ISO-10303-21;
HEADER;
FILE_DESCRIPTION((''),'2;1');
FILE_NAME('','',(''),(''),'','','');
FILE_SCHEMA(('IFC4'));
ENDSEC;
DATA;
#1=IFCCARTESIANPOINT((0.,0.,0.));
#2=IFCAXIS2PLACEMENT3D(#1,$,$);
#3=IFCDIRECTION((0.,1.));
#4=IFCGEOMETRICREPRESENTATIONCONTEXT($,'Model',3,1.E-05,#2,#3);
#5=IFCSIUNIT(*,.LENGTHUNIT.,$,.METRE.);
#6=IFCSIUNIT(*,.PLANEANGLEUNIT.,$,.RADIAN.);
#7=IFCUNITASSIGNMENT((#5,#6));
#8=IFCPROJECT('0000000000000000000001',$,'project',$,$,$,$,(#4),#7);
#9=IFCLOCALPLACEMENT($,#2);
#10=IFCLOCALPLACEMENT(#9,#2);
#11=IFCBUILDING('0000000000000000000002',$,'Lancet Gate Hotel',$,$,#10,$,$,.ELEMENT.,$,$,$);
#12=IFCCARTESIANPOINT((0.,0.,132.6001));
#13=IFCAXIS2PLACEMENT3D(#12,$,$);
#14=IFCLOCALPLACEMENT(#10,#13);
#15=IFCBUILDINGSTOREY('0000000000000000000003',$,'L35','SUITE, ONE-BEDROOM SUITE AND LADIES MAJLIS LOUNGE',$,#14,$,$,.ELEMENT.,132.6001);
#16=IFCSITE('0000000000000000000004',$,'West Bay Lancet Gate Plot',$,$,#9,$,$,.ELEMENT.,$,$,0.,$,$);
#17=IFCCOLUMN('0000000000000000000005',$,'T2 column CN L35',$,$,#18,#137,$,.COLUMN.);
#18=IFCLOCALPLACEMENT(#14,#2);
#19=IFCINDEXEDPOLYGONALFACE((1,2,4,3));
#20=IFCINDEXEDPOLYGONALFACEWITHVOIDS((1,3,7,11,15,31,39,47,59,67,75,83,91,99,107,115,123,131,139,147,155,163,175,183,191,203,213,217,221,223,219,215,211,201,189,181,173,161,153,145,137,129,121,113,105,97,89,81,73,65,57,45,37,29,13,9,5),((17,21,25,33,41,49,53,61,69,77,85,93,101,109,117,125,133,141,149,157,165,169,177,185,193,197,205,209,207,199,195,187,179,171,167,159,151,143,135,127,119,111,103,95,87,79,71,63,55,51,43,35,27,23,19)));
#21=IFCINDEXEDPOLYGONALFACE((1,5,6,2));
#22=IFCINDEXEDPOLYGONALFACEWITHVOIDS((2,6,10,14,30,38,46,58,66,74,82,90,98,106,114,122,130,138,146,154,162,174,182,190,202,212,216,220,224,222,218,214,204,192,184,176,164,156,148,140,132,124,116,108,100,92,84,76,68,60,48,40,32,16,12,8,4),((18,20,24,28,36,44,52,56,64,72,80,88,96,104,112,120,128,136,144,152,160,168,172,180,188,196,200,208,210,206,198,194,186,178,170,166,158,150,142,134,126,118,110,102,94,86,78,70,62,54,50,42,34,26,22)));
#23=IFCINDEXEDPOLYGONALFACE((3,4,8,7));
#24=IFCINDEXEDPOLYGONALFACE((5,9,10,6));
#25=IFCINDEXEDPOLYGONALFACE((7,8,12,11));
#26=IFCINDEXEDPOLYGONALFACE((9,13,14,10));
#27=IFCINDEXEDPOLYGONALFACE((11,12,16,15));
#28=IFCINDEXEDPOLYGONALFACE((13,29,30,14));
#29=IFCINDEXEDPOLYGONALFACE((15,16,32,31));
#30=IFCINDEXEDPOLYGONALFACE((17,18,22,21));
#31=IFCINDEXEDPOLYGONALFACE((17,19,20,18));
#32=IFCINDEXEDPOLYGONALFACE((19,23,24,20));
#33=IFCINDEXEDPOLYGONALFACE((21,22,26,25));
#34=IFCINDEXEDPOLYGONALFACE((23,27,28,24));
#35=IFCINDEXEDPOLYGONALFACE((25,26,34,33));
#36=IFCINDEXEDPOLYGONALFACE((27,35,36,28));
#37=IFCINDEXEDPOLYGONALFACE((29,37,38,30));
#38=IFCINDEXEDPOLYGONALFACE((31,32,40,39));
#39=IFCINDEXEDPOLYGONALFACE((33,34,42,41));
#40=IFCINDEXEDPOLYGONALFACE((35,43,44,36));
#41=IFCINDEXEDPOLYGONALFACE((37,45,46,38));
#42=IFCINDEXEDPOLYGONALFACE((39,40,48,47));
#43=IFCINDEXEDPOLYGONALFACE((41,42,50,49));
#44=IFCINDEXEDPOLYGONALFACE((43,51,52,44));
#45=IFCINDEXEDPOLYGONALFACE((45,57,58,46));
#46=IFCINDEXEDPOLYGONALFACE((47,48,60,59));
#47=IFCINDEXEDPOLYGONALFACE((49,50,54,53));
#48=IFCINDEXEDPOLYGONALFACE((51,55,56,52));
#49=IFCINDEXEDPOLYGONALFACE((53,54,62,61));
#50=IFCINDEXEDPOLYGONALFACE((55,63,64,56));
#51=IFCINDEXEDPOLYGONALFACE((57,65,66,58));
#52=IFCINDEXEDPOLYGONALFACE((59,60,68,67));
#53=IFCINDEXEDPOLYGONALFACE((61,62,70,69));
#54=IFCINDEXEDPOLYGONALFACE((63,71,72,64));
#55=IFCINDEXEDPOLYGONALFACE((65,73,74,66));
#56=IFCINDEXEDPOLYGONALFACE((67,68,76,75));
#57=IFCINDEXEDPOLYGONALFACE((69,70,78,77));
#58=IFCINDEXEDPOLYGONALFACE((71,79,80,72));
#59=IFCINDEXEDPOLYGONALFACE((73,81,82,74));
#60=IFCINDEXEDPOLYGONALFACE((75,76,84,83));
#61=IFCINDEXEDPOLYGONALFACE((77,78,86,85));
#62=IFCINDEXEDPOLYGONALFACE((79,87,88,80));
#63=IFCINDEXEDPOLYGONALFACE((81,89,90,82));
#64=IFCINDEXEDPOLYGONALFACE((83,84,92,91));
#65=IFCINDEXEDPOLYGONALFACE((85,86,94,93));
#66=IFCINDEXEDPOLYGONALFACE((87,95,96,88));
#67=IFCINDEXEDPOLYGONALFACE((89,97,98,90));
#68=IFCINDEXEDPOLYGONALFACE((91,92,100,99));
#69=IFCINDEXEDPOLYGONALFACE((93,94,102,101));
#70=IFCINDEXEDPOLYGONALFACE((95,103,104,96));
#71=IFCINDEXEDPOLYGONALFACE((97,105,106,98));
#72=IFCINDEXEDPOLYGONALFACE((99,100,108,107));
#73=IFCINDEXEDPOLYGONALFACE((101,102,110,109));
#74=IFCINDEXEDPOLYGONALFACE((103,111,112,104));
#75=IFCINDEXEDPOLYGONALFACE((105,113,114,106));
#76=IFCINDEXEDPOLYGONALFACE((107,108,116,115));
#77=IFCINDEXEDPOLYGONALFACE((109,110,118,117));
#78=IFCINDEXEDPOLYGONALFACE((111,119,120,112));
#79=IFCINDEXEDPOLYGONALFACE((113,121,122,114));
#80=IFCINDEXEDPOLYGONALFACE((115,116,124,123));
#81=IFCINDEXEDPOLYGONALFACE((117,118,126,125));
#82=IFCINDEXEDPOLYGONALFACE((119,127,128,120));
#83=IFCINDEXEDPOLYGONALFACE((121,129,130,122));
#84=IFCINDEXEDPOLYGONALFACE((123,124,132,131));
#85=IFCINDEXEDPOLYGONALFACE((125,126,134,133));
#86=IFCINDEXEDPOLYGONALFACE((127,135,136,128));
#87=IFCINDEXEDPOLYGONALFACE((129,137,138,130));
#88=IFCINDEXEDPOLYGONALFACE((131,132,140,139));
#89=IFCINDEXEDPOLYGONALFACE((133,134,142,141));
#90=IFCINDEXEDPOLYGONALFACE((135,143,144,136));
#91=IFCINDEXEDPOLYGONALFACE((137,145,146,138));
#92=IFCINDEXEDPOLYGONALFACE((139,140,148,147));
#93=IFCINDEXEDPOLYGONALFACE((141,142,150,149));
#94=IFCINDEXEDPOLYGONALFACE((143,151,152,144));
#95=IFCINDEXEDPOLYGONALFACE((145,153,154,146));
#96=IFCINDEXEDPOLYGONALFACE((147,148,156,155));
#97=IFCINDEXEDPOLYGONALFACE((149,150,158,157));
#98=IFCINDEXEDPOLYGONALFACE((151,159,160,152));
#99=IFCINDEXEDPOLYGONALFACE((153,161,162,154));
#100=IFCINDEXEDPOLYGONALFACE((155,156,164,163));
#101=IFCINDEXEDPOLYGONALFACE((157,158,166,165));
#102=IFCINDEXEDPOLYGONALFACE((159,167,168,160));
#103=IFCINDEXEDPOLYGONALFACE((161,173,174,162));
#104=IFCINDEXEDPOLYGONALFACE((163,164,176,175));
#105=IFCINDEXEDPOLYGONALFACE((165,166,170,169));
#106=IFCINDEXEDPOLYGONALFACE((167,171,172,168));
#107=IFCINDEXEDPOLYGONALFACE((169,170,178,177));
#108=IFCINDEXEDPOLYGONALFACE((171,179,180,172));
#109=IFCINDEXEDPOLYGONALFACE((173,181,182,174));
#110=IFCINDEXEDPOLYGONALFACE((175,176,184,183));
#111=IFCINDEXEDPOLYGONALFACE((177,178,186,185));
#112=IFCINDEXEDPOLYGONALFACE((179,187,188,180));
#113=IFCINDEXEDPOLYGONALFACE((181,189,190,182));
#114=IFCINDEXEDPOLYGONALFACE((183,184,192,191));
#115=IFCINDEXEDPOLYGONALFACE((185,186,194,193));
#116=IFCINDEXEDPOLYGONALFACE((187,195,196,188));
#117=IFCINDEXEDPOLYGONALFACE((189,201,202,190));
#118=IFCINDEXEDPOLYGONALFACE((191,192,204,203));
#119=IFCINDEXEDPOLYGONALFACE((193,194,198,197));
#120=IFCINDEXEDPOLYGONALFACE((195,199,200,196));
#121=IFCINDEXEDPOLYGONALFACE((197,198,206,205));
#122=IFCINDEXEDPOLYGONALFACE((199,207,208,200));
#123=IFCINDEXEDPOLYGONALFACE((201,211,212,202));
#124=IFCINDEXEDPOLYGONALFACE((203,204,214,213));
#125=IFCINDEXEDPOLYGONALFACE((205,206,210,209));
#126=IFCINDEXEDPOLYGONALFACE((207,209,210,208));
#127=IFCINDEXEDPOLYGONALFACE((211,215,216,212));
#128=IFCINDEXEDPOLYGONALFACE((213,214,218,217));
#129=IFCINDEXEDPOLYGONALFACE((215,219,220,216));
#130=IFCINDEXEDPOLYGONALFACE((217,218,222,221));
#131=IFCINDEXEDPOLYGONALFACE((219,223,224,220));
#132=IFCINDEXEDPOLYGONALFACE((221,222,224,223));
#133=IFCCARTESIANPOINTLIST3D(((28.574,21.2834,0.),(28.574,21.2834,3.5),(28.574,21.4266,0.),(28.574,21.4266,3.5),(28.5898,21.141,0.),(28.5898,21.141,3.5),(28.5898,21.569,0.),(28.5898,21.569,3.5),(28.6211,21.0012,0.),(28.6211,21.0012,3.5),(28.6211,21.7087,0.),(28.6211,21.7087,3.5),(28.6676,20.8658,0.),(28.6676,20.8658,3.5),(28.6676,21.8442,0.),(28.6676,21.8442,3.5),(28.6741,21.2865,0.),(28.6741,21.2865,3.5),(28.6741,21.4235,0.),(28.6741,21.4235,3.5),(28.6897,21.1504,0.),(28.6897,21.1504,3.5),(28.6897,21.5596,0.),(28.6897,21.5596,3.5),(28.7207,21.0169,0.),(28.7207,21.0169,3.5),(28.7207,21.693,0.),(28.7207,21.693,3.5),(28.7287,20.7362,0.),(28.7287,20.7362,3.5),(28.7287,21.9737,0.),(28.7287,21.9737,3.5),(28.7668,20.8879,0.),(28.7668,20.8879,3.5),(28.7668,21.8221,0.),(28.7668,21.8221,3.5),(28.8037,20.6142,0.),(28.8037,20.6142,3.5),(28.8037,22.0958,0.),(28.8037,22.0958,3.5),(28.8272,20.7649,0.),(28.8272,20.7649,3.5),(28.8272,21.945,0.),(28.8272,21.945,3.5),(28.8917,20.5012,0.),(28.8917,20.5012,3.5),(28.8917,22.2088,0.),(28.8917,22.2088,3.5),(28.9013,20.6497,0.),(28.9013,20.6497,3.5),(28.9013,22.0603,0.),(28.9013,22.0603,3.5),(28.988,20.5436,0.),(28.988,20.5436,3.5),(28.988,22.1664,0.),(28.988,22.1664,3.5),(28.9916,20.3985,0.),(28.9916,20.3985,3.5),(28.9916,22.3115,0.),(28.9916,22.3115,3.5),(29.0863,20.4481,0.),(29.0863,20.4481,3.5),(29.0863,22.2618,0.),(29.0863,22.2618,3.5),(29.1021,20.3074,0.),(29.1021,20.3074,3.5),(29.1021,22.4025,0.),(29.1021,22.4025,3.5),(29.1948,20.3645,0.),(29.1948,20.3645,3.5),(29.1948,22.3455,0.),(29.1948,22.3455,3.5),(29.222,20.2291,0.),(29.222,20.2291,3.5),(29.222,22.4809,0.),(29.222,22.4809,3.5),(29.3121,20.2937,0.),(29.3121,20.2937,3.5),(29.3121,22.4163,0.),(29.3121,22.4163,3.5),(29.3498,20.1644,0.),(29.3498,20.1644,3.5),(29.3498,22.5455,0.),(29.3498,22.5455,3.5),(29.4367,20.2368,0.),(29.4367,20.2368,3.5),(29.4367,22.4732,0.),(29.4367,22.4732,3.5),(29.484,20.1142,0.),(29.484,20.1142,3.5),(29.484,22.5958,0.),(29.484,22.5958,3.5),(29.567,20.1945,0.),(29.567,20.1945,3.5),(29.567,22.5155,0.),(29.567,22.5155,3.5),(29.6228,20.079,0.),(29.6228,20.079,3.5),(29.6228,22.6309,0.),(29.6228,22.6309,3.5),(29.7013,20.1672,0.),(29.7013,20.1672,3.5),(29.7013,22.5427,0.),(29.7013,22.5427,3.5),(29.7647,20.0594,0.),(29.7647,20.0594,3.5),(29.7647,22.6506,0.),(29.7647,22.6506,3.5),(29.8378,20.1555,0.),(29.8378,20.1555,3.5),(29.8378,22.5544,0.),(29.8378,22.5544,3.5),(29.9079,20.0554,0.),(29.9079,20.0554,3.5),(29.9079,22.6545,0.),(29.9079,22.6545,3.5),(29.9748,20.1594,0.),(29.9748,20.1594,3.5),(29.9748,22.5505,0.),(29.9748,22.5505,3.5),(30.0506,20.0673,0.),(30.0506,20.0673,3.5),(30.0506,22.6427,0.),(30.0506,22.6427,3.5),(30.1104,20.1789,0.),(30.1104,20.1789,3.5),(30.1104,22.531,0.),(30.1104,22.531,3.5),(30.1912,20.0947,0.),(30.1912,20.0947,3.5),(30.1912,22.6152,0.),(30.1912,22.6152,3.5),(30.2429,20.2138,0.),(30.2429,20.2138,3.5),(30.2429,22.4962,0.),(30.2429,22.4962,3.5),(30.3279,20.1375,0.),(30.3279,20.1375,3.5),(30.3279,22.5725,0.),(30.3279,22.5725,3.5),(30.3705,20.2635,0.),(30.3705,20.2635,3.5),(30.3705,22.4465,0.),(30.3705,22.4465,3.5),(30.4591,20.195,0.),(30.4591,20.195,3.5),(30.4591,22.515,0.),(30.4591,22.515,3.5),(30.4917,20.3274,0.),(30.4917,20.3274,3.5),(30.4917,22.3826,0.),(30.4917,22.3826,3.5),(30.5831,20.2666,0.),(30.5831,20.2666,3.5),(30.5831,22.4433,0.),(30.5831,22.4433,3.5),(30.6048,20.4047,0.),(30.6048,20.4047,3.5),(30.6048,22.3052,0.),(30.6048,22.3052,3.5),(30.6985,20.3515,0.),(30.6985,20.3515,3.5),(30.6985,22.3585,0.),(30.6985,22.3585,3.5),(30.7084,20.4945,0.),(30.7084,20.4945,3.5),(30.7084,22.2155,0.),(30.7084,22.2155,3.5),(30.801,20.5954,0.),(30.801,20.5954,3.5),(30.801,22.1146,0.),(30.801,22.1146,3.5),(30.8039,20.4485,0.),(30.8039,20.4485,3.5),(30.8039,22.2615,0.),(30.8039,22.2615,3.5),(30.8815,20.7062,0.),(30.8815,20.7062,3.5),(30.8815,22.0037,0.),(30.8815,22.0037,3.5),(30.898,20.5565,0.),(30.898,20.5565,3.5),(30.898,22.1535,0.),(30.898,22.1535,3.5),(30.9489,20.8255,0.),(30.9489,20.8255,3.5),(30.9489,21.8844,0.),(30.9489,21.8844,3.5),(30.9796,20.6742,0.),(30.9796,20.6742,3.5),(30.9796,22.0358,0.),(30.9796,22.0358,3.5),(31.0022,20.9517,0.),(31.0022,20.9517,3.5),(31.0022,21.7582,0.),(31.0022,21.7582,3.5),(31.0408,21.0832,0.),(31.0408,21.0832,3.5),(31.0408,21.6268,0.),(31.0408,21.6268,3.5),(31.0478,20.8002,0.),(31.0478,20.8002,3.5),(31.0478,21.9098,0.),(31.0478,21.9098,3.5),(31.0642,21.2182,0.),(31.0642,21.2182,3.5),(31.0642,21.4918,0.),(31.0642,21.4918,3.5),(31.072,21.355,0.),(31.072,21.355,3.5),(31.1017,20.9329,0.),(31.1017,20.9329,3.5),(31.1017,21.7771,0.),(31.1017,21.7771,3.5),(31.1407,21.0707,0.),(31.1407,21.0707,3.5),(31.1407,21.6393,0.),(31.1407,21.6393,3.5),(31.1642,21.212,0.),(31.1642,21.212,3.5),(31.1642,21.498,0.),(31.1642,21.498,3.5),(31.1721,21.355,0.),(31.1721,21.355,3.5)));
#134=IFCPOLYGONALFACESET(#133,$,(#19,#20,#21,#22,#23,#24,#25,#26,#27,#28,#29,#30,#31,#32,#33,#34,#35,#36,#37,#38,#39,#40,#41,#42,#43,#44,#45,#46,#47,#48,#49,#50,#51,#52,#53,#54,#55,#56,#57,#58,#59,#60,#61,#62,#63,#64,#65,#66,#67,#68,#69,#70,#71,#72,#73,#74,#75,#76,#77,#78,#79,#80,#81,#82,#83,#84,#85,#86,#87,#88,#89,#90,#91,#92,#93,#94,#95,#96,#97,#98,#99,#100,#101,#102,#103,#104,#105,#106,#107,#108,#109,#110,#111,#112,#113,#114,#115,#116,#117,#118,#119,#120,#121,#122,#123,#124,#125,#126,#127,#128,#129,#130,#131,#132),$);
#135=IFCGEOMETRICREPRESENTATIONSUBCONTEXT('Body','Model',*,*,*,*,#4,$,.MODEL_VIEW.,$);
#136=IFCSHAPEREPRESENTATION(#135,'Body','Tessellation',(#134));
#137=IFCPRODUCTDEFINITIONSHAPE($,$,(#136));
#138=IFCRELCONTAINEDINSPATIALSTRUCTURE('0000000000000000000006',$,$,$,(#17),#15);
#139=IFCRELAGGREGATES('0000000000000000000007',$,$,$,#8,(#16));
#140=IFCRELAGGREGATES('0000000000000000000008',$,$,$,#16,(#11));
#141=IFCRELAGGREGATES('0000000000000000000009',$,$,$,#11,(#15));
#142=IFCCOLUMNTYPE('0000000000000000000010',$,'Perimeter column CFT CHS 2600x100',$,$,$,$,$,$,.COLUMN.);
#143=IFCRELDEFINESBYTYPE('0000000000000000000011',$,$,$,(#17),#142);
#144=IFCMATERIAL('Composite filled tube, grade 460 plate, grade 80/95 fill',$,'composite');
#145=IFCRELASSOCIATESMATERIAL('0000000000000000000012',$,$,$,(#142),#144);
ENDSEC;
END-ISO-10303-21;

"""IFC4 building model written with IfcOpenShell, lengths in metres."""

from ifc_helpers import new_model, si_unit, direction, frame, origin, origin_2d, place, context, subcontext, project, spatial, hollow_circle, extrude, material, material_profile, profile_set, type_object, element, save


model = new_model("IFC4")

# Units and contexts
model_context = context("Model", 3, precision=1e-05, world=origin(), true_north=direction((0.0, 1.0)))
body_context = subcontext(model_context, "Body", "Model", "MODEL_VIEW")
ifc_project = project(units=[si_unit("LENGTHUNIT", "METRE"), si_unit("PLANEANGLEUNIT", "RADIAN")], contexts=[model_context])

# Site, building, storey
site_placement = place(None, origin())
site = spatial("IfcSite", under=ifc_project, at=site_placement, Name="West Bay Lancet Gate Plot", CompositionType="ELEMENT", RefElevation=0.0)
building_placement = place(site_placement, origin())
building = spatial("IfcBuilding", under=site, at=building_placement, Name="Lancet Gate Hotel", CompositionType="ELEMENT")
storey_placement = place(building_placement, frame((0.0, 0.0, 132.6001)))
storey = spatial("IfcBuildingStorey", under=building, at=storey_placement, Name="L35", Description="SUITE, ONE-BEDROOM SUITE AND LADIES MAJLIS LOUNGE", CompositionType="ELEMENT", Elevation=132.6001)

# Column
ifc_material_1 = material(Name="Composite filled tube, grade 460 plate, grade 80/95 fill", Category="composite")
ifc_material_profile_1 = material_profile(ifc_material_1, hollow_circle(Radius=1.3, WallThickness=0.1001, at=origin_2d()), Name="CHS 2600x100")
ifc_profile_set_1 = profile_set([ifc_material_profile_1], Name="Composite filled tube, grade 460 plate, grade 80/95 fill")
column_type = type_object("IfcColumnType", Name="Perimeter column CFT CHS 2600x100", PredefinedType="COLUMN", material=ifc_profile_set_1)
for number, where, z_axis, x_axis, name in (
    (1, (29.8721, 21.355, 0.0), (0.0, 0.0, 1.0), (1.0, 0.0, 0.0), "T2 column CN L35"),
):
    element("IfcColumn", number, at=place(storey_placement, frame(where, z_axis=z_axis, x_axis=x_axis)), inside=storey, type_object=column_type, Name=name, PredefinedType="COLUMN", context=body_context, shape_type="SweptSolid", body=[
        extrude(hollow_circle(Radius=1.3, WallThickness=0.1001, at=origin_2d()), origin(), (0.0, 0.0, 1.0), 3.5),
    ])

save(model, "model.ifc")
